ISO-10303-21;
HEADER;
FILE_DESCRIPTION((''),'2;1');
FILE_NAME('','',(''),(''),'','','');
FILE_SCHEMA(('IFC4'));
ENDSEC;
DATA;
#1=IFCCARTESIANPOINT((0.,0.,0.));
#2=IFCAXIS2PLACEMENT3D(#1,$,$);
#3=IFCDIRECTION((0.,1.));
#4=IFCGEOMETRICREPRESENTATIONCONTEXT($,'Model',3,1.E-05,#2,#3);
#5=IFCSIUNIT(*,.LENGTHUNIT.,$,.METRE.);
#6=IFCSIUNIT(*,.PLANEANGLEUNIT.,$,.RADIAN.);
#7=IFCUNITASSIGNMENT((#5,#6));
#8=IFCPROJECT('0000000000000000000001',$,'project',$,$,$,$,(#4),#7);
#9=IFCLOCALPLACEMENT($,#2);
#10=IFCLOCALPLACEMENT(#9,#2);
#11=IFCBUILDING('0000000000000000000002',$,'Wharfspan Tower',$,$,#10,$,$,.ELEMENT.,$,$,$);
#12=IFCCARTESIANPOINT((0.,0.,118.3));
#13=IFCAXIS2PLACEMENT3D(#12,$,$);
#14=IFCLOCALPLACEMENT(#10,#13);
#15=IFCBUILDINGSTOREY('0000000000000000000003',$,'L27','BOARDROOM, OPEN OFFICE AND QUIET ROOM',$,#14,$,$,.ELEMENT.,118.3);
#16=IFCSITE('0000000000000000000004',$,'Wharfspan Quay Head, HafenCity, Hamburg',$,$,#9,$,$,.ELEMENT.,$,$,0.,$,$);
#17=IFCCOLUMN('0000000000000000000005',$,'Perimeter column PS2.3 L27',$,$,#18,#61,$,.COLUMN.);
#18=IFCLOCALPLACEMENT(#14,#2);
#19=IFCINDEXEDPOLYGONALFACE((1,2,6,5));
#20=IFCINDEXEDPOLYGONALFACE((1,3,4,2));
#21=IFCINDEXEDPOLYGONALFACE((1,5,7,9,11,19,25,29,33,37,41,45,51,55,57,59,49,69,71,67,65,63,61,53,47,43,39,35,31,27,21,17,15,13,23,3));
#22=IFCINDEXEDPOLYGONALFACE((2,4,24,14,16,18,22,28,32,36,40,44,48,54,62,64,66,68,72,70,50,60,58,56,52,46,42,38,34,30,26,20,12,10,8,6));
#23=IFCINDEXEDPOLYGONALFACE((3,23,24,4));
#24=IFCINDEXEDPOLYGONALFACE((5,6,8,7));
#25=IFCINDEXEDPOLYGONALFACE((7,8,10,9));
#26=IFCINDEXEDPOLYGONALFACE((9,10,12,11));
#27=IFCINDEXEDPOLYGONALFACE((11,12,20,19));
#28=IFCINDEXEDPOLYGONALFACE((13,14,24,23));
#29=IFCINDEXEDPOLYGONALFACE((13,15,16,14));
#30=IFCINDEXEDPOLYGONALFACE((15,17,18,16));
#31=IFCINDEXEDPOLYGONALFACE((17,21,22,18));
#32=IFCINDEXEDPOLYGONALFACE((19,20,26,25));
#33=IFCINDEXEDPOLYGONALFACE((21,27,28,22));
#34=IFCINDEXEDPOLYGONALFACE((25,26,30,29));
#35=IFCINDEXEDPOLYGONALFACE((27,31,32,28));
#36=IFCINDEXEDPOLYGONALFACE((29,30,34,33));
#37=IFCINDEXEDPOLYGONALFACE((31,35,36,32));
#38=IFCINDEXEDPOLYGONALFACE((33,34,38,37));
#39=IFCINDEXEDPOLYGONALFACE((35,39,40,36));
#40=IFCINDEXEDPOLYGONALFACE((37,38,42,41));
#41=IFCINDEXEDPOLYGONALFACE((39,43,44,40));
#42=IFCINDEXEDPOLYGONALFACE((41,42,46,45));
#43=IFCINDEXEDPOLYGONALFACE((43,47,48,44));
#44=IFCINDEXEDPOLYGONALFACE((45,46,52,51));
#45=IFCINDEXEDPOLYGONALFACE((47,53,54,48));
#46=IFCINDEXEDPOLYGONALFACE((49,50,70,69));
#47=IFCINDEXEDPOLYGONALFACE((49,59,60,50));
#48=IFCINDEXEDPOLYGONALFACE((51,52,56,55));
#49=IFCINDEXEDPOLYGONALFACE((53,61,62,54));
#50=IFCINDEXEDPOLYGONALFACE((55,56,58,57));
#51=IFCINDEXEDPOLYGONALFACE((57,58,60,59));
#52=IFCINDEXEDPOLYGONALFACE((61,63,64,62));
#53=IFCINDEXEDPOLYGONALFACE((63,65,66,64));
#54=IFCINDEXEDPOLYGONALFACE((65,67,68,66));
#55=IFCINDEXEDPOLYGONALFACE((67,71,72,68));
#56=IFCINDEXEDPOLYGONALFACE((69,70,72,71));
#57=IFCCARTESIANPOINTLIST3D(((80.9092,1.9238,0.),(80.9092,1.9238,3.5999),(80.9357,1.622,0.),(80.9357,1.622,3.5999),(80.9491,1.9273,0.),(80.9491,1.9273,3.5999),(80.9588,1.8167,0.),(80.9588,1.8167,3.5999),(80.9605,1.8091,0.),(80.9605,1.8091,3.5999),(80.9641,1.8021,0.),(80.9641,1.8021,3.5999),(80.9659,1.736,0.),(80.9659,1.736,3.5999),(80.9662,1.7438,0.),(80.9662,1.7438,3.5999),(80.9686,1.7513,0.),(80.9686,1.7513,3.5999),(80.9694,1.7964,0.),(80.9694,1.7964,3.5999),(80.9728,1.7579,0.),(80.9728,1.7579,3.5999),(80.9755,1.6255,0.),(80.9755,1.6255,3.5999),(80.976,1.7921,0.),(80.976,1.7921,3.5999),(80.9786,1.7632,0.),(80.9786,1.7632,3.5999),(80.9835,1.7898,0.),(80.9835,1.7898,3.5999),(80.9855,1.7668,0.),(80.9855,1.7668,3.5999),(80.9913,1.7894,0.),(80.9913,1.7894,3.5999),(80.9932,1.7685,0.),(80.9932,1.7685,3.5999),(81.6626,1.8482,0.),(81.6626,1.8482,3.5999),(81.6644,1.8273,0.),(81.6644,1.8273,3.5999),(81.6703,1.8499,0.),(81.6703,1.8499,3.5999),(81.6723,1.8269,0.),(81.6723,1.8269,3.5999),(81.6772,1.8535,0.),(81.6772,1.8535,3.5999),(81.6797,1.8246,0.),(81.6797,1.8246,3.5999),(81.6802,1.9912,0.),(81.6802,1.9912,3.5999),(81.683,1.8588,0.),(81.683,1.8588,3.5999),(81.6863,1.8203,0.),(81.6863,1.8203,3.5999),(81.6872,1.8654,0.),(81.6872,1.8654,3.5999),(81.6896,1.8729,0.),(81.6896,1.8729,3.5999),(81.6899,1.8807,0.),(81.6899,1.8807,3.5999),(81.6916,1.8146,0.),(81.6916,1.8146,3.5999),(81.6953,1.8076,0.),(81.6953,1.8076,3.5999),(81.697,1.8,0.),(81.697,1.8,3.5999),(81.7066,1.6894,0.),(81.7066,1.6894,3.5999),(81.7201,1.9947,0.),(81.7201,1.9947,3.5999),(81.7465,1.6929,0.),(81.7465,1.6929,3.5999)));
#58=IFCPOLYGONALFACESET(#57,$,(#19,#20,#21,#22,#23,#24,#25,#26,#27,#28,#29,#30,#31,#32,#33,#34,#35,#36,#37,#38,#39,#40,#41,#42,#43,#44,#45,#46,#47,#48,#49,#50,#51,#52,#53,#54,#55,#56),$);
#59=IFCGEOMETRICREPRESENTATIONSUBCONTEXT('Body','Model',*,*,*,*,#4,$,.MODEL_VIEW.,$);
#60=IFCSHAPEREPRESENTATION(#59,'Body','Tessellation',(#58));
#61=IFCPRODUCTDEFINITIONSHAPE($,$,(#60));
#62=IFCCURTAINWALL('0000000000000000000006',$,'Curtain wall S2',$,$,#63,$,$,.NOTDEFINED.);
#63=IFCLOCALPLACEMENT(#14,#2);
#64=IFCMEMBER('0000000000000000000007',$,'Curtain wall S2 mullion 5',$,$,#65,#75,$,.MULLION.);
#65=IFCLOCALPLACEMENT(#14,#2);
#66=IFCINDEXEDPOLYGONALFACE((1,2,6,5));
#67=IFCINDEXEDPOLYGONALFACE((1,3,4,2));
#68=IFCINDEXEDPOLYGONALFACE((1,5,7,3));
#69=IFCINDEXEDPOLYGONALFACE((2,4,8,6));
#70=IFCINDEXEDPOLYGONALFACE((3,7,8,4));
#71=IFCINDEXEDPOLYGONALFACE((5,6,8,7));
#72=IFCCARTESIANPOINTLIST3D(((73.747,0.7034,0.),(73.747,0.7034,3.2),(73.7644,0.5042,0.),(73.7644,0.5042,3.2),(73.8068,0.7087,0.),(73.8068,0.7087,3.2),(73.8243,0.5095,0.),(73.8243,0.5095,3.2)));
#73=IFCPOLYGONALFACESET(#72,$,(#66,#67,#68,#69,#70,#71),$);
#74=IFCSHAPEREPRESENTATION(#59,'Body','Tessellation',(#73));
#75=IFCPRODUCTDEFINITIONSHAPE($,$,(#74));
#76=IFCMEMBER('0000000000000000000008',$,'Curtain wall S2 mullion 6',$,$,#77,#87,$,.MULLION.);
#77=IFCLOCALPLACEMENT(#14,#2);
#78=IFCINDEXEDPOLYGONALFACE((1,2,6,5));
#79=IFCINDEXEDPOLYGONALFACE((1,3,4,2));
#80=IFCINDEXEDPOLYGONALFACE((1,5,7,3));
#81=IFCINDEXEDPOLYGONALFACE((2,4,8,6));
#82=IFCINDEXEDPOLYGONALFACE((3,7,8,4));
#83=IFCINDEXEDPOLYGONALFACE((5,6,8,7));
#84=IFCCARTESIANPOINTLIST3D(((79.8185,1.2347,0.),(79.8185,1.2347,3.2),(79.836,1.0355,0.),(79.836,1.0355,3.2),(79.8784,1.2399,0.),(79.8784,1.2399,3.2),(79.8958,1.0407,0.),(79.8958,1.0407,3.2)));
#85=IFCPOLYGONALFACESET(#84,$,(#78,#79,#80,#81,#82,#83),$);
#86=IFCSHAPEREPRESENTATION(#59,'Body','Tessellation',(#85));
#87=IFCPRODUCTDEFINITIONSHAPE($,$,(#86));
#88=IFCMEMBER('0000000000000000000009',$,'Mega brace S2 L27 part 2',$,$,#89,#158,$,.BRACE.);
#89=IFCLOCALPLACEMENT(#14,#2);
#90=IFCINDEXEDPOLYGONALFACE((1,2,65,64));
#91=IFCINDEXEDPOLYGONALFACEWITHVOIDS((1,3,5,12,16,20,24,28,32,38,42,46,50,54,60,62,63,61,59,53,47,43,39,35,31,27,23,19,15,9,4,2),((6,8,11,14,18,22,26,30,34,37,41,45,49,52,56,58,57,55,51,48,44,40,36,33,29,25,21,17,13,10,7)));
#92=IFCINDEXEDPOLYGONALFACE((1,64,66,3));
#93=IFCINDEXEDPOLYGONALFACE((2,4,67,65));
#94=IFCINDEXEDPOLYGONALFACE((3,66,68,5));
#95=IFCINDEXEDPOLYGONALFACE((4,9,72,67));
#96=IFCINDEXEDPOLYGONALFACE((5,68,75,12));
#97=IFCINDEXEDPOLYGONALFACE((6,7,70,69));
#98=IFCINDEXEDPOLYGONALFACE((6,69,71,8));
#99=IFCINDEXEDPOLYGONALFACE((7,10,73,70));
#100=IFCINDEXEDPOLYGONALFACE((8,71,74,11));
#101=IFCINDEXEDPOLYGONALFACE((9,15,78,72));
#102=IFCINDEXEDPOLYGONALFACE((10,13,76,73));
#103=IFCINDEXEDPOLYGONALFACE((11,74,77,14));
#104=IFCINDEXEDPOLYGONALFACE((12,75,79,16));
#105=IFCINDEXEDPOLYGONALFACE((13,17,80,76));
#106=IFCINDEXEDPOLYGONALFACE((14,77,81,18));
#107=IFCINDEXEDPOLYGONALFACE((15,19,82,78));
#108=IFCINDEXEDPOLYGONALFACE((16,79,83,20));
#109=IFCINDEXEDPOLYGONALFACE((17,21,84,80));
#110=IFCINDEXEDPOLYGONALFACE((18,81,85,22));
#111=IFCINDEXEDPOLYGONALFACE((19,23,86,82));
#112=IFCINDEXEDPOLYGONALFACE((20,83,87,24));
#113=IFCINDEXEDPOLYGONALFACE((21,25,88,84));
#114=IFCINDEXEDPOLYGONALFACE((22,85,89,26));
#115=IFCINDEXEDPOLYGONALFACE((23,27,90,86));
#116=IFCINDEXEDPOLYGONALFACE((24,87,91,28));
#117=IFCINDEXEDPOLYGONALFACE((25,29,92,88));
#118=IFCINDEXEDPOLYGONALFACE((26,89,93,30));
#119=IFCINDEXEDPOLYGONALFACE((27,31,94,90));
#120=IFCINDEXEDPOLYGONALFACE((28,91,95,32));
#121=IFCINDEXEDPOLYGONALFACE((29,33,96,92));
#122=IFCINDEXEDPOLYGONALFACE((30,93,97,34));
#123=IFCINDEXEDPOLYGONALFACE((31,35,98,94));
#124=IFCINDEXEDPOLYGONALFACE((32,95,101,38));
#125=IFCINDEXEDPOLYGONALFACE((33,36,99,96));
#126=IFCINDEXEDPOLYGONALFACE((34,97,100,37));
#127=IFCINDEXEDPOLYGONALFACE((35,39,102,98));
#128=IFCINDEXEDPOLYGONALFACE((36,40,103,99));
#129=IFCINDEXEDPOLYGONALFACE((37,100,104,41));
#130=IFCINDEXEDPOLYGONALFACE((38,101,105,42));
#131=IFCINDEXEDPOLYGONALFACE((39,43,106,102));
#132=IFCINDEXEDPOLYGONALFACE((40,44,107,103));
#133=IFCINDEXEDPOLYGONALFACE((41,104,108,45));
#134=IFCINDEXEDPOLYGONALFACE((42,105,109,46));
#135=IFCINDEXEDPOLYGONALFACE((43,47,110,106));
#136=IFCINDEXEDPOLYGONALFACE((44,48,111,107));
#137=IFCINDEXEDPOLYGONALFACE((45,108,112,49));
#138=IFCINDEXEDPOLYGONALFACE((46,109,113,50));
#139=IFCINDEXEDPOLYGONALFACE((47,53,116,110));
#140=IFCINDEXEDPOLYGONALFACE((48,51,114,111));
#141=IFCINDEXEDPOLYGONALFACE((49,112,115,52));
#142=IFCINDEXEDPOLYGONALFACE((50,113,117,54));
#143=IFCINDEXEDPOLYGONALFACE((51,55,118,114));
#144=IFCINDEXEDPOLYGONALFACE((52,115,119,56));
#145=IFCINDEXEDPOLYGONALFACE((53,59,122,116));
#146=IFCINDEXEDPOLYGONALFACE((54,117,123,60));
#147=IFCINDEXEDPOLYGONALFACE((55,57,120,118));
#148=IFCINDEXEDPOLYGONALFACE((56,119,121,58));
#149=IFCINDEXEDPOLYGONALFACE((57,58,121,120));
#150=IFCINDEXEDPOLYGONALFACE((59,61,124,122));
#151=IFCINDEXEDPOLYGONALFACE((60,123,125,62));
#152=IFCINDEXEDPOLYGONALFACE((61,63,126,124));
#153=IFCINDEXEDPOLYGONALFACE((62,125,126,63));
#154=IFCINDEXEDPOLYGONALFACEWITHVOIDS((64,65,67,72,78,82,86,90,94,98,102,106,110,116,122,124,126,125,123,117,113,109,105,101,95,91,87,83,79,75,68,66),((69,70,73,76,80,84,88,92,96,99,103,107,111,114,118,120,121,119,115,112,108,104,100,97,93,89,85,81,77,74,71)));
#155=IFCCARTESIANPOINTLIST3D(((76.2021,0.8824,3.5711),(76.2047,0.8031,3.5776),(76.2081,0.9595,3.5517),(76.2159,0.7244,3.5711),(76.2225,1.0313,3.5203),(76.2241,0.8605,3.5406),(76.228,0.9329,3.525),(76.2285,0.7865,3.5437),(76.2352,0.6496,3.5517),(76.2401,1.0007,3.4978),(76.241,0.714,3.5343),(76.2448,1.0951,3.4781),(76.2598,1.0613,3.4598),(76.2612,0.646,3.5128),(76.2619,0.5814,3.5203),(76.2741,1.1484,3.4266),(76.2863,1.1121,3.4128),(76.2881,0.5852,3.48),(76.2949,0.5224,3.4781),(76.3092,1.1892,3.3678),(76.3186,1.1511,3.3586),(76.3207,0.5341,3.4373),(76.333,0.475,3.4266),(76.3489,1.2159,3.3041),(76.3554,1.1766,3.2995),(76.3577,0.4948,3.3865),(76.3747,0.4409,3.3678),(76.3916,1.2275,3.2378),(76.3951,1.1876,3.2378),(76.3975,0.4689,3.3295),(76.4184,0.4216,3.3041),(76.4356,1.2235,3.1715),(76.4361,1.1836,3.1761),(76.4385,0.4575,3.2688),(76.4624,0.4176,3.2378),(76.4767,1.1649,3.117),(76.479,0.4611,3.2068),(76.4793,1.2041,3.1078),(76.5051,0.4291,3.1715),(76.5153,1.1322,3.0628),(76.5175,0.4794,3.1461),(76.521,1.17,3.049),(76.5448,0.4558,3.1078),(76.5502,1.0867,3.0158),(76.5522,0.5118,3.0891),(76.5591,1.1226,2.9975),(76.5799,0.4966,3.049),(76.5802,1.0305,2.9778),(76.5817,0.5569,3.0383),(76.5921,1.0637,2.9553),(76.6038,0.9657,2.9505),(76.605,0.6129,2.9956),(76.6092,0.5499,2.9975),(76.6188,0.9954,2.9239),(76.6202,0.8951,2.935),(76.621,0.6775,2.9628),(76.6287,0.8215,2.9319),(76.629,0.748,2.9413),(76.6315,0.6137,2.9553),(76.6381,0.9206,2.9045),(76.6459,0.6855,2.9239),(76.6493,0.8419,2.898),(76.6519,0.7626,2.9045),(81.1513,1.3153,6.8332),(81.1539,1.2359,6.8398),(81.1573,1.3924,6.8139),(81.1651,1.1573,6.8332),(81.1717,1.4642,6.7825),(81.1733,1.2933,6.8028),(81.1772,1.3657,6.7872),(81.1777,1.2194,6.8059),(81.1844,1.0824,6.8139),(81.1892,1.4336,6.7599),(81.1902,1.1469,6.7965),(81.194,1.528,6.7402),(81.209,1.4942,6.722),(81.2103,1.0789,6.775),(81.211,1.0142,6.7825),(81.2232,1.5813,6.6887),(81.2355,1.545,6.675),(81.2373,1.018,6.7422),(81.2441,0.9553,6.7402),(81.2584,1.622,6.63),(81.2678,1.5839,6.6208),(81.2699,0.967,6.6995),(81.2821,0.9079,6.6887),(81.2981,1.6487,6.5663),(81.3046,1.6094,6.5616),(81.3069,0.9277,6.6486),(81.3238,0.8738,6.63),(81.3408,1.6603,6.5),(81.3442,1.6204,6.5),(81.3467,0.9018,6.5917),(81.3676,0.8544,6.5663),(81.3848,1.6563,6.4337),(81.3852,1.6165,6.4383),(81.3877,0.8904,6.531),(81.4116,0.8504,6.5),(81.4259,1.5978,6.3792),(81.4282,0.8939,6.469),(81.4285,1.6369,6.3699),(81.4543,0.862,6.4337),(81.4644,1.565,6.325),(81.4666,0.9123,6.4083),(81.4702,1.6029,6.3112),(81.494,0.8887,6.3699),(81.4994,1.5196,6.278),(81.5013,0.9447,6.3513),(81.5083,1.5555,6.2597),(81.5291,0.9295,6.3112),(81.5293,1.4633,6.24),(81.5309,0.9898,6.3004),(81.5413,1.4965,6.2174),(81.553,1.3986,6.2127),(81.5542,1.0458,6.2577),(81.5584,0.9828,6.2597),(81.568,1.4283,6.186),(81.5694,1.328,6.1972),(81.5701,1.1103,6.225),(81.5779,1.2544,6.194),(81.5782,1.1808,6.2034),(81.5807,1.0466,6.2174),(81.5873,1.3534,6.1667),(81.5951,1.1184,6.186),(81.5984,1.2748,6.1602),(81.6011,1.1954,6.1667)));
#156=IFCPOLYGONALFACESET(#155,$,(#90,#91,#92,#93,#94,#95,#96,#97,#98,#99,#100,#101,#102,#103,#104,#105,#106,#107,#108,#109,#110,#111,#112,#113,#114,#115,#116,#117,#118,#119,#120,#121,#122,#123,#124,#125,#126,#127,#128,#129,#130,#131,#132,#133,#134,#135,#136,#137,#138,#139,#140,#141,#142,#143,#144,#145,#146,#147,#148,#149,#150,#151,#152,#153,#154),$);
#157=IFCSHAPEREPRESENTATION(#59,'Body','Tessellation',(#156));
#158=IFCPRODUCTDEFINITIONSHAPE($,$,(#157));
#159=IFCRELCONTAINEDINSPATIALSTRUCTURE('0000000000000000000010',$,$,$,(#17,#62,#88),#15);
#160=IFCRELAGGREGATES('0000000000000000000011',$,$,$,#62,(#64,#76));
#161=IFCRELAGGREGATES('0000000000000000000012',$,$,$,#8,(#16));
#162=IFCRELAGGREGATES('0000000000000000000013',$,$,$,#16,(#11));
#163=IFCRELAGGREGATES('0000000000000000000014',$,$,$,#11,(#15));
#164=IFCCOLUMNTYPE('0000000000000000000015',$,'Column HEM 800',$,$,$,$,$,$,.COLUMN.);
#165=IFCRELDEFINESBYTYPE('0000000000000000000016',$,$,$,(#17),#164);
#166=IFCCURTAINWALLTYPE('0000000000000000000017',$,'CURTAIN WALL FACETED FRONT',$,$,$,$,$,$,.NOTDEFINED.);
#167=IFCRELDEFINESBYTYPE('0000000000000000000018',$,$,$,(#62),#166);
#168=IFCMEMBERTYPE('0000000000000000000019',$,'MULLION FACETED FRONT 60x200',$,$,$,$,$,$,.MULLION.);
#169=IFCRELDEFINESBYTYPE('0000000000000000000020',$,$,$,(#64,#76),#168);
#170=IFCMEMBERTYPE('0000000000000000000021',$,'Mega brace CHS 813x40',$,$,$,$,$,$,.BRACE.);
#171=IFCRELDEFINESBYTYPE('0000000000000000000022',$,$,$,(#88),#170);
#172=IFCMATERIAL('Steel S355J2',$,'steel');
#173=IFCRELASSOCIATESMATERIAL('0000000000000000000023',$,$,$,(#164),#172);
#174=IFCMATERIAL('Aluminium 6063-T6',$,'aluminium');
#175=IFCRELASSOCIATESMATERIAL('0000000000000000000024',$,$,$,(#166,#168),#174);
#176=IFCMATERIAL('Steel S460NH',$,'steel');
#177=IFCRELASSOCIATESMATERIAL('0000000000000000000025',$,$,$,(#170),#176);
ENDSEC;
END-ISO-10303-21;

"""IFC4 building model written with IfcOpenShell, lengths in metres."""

from ifc_helpers import new_model, si_unit, direction, frame, origin, origin_2d, place, context, subcontext, project, spatial, rectangle, hollow_circle, i_section, extrude, material, material_profile, profile_set, type_object, element, aggregate, save


model = new_model("IFC4")

# Units and contexts
model_context = context("Model", 3, precision=1e-05, world=origin(), true_north=direction((0.0, 1.0)))
body_context = subcontext(model_context, "Body", "Model", "MODEL_VIEW")
ifc_project = project(units=[si_unit("LENGTHUNIT", "METRE"), si_unit("PLANEANGLEUNIT", "RADIAN")], contexts=[model_context])

# Site, building, storey
site_placement = place(None, origin())
site = spatial("IfcSite", under=ifc_project, at=site_placement, Name="Wharfspan Quay Head, HafenCity, Hamburg", CompositionType="ELEMENT", RefElevation=0.0)
building_placement = place(site_placement, origin())
building = spatial("IfcBuilding", under=site, at=building_placement, Name="Wharfspan Tower", CompositionType="ELEMENT")
storey_placement = place(building_placement, frame((0.0, 0.0, 118.3)))
storey = spatial("IfcBuildingStorey", under=building, at=storey_placement, Name="L27", Description="BOARDROOM, OPEN OFFICE AND QUIET ROOM", CompositionType="ELEMENT", Elevation=118.3)

# Column
ifc_material_1 = material(Name="Steel S355J2", Category="steel")
ifc_material_profile_1 = material_profile(ifc_material_1, i_section(OverallWidth=0.303, OverallDepth=0.814, WebThickness=0.021, FlangeThickness=0.04, FilletRadius=0.03, at=origin_2d()))
ifc_profile_set_1 = profile_set([ifc_material_profile_1], Name="Steel S355J2")
column_type = type_object("IfcColumnType", Name="Column HEM 800", PredefinedType="COLUMN", material=ifc_profile_set_1)
column_placement = place(storey_placement, frame((81.3279, 1.8083, 0.0), z_axis=(0.0, 0.0, 1.0), x_axis=(0.087156, -0.996198, 0.0)))
element("IfcColumn", 1, at=column_placement, inside=storey, type_object=column_type, Name="Perimeter column PS2.3 L27", PredefinedType="COLUMN", context=body_context, shape_type="SweptSolid", body=[
    extrude(i_section(OverallWidth=0.303, OverallDepth=0.814, WebThickness=0.021, FlangeThickness=0.04, FilletRadius=0.03, at=origin_2d()), origin(), (0.0, 0.0, 1.0), 3.5999),
])

# Curtain wall, members
ifc_material_2 = material(Name="Aluminium 6063-T6", Category="aluminium")
curtain_wall_type = type_object("IfcCurtainWallType", Name="CURTAIN WALL FACETED FRONT", PredefinedType="NOTDEFINED", material=ifc_material_2)
curtain_wall_placement = place(storey_placement, origin())
curtain_wall = element("IfcCurtainWall", 2, at=curtain_wall_placement, inside=storey, type_object=curtain_wall_type, Name="Curtain wall S2", PredefinedType="NOTDEFINED")
ifc_material_profile_2 = material_profile(ifc_material_2, rectangle(XDim=0.2, YDim=0.0601, at=origin_2d()))
ifc_profile_set_2 = profile_set([ifc_material_profile_2], Name="Aluminium 6063-T6")
member_type_1 = type_object("IfcMemberType", Name="MULLION FACETED FRONT 60x200", PredefinedType="MULLION", material=ifc_profile_set_2)
member_1_placement = place(storey_placement, frame((73.7856, 0.6064, 0.0), z_axis=(0.0, 0.0, 1.0), x_axis=(-0.087156, 0.996198, 0.0)))
member_1 = element("IfcMember", 3, at=member_1_placement, type_object=member_type_1, Name="Curtain wall S2 mullion 5", PredefinedType="MULLION", context=body_context, shape_type="SweptSolid", body=[
    extrude(rectangle(XDim=0.2, YDim=0.0601, at=origin_2d()), origin(), (0.0, 0.0, 1.0), 3.2),
])
member_2_placement = place(storey_placement, frame((79.8572, 1.1377, 0.0), z_axis=(0.0, 0.0, 1.0), x_axis=(-0.087156, 0.996198, 0.0)))
member_2 = element("IfcMember", 4, at=member_2_placement, type_object=member_type_1, Name="Curtain wall S2 mullion 6", PredefinedType="MULLION", context=body_context, shape_type="SweptSolid", body=[
    extrude(rectangle(XDim=0.2, YDim=0.0601, at=origin_2d()), origin(), (0.0, 0.0, 1.0), 3.2),
])

# Member
ifc_material_3 = material(Name="Steel S460NH", Category="steel")
ifc_material_profile_3 = material_profile(ifc_material_3, hollow_circle(Radius=0.4065, WallThickness=0.04, at=origin_2d()))
ifc_profile_set_3 = profile_set([ifc_material_profile_3], Name="Steel S460NH")
member_type_2 = type_object("IfcMemberType", Name="Mega brace CHS 813x40", PredefinedType="BRACE", material=ifc_profile_set_3)
member_3_placement = place(storey_placement, frame((76.427, 0.8225, 3.2378), z_axis=(0.832724, 0.07283, 0.548878), x_axis=(-0.087128, 0.996197, 0.000001)))
element("IfcMember", 5, at=member_3_placement, inside=storey, type_object=member_type_2, Name="Mega brace S2 L27 part 2", PredefinedType="BRACE", context=body_context, shape_type="SweptSolid", body=[
    extrude(hollow_circle(Radius=0.4065, WallThickness=0.04, at=origin_2d()), origin(), (0.0, 0.0, 1.0), 5.9434),
])

aggregate(curtain_wall, [member_1, member_2])

save(model, "model.ifc")
